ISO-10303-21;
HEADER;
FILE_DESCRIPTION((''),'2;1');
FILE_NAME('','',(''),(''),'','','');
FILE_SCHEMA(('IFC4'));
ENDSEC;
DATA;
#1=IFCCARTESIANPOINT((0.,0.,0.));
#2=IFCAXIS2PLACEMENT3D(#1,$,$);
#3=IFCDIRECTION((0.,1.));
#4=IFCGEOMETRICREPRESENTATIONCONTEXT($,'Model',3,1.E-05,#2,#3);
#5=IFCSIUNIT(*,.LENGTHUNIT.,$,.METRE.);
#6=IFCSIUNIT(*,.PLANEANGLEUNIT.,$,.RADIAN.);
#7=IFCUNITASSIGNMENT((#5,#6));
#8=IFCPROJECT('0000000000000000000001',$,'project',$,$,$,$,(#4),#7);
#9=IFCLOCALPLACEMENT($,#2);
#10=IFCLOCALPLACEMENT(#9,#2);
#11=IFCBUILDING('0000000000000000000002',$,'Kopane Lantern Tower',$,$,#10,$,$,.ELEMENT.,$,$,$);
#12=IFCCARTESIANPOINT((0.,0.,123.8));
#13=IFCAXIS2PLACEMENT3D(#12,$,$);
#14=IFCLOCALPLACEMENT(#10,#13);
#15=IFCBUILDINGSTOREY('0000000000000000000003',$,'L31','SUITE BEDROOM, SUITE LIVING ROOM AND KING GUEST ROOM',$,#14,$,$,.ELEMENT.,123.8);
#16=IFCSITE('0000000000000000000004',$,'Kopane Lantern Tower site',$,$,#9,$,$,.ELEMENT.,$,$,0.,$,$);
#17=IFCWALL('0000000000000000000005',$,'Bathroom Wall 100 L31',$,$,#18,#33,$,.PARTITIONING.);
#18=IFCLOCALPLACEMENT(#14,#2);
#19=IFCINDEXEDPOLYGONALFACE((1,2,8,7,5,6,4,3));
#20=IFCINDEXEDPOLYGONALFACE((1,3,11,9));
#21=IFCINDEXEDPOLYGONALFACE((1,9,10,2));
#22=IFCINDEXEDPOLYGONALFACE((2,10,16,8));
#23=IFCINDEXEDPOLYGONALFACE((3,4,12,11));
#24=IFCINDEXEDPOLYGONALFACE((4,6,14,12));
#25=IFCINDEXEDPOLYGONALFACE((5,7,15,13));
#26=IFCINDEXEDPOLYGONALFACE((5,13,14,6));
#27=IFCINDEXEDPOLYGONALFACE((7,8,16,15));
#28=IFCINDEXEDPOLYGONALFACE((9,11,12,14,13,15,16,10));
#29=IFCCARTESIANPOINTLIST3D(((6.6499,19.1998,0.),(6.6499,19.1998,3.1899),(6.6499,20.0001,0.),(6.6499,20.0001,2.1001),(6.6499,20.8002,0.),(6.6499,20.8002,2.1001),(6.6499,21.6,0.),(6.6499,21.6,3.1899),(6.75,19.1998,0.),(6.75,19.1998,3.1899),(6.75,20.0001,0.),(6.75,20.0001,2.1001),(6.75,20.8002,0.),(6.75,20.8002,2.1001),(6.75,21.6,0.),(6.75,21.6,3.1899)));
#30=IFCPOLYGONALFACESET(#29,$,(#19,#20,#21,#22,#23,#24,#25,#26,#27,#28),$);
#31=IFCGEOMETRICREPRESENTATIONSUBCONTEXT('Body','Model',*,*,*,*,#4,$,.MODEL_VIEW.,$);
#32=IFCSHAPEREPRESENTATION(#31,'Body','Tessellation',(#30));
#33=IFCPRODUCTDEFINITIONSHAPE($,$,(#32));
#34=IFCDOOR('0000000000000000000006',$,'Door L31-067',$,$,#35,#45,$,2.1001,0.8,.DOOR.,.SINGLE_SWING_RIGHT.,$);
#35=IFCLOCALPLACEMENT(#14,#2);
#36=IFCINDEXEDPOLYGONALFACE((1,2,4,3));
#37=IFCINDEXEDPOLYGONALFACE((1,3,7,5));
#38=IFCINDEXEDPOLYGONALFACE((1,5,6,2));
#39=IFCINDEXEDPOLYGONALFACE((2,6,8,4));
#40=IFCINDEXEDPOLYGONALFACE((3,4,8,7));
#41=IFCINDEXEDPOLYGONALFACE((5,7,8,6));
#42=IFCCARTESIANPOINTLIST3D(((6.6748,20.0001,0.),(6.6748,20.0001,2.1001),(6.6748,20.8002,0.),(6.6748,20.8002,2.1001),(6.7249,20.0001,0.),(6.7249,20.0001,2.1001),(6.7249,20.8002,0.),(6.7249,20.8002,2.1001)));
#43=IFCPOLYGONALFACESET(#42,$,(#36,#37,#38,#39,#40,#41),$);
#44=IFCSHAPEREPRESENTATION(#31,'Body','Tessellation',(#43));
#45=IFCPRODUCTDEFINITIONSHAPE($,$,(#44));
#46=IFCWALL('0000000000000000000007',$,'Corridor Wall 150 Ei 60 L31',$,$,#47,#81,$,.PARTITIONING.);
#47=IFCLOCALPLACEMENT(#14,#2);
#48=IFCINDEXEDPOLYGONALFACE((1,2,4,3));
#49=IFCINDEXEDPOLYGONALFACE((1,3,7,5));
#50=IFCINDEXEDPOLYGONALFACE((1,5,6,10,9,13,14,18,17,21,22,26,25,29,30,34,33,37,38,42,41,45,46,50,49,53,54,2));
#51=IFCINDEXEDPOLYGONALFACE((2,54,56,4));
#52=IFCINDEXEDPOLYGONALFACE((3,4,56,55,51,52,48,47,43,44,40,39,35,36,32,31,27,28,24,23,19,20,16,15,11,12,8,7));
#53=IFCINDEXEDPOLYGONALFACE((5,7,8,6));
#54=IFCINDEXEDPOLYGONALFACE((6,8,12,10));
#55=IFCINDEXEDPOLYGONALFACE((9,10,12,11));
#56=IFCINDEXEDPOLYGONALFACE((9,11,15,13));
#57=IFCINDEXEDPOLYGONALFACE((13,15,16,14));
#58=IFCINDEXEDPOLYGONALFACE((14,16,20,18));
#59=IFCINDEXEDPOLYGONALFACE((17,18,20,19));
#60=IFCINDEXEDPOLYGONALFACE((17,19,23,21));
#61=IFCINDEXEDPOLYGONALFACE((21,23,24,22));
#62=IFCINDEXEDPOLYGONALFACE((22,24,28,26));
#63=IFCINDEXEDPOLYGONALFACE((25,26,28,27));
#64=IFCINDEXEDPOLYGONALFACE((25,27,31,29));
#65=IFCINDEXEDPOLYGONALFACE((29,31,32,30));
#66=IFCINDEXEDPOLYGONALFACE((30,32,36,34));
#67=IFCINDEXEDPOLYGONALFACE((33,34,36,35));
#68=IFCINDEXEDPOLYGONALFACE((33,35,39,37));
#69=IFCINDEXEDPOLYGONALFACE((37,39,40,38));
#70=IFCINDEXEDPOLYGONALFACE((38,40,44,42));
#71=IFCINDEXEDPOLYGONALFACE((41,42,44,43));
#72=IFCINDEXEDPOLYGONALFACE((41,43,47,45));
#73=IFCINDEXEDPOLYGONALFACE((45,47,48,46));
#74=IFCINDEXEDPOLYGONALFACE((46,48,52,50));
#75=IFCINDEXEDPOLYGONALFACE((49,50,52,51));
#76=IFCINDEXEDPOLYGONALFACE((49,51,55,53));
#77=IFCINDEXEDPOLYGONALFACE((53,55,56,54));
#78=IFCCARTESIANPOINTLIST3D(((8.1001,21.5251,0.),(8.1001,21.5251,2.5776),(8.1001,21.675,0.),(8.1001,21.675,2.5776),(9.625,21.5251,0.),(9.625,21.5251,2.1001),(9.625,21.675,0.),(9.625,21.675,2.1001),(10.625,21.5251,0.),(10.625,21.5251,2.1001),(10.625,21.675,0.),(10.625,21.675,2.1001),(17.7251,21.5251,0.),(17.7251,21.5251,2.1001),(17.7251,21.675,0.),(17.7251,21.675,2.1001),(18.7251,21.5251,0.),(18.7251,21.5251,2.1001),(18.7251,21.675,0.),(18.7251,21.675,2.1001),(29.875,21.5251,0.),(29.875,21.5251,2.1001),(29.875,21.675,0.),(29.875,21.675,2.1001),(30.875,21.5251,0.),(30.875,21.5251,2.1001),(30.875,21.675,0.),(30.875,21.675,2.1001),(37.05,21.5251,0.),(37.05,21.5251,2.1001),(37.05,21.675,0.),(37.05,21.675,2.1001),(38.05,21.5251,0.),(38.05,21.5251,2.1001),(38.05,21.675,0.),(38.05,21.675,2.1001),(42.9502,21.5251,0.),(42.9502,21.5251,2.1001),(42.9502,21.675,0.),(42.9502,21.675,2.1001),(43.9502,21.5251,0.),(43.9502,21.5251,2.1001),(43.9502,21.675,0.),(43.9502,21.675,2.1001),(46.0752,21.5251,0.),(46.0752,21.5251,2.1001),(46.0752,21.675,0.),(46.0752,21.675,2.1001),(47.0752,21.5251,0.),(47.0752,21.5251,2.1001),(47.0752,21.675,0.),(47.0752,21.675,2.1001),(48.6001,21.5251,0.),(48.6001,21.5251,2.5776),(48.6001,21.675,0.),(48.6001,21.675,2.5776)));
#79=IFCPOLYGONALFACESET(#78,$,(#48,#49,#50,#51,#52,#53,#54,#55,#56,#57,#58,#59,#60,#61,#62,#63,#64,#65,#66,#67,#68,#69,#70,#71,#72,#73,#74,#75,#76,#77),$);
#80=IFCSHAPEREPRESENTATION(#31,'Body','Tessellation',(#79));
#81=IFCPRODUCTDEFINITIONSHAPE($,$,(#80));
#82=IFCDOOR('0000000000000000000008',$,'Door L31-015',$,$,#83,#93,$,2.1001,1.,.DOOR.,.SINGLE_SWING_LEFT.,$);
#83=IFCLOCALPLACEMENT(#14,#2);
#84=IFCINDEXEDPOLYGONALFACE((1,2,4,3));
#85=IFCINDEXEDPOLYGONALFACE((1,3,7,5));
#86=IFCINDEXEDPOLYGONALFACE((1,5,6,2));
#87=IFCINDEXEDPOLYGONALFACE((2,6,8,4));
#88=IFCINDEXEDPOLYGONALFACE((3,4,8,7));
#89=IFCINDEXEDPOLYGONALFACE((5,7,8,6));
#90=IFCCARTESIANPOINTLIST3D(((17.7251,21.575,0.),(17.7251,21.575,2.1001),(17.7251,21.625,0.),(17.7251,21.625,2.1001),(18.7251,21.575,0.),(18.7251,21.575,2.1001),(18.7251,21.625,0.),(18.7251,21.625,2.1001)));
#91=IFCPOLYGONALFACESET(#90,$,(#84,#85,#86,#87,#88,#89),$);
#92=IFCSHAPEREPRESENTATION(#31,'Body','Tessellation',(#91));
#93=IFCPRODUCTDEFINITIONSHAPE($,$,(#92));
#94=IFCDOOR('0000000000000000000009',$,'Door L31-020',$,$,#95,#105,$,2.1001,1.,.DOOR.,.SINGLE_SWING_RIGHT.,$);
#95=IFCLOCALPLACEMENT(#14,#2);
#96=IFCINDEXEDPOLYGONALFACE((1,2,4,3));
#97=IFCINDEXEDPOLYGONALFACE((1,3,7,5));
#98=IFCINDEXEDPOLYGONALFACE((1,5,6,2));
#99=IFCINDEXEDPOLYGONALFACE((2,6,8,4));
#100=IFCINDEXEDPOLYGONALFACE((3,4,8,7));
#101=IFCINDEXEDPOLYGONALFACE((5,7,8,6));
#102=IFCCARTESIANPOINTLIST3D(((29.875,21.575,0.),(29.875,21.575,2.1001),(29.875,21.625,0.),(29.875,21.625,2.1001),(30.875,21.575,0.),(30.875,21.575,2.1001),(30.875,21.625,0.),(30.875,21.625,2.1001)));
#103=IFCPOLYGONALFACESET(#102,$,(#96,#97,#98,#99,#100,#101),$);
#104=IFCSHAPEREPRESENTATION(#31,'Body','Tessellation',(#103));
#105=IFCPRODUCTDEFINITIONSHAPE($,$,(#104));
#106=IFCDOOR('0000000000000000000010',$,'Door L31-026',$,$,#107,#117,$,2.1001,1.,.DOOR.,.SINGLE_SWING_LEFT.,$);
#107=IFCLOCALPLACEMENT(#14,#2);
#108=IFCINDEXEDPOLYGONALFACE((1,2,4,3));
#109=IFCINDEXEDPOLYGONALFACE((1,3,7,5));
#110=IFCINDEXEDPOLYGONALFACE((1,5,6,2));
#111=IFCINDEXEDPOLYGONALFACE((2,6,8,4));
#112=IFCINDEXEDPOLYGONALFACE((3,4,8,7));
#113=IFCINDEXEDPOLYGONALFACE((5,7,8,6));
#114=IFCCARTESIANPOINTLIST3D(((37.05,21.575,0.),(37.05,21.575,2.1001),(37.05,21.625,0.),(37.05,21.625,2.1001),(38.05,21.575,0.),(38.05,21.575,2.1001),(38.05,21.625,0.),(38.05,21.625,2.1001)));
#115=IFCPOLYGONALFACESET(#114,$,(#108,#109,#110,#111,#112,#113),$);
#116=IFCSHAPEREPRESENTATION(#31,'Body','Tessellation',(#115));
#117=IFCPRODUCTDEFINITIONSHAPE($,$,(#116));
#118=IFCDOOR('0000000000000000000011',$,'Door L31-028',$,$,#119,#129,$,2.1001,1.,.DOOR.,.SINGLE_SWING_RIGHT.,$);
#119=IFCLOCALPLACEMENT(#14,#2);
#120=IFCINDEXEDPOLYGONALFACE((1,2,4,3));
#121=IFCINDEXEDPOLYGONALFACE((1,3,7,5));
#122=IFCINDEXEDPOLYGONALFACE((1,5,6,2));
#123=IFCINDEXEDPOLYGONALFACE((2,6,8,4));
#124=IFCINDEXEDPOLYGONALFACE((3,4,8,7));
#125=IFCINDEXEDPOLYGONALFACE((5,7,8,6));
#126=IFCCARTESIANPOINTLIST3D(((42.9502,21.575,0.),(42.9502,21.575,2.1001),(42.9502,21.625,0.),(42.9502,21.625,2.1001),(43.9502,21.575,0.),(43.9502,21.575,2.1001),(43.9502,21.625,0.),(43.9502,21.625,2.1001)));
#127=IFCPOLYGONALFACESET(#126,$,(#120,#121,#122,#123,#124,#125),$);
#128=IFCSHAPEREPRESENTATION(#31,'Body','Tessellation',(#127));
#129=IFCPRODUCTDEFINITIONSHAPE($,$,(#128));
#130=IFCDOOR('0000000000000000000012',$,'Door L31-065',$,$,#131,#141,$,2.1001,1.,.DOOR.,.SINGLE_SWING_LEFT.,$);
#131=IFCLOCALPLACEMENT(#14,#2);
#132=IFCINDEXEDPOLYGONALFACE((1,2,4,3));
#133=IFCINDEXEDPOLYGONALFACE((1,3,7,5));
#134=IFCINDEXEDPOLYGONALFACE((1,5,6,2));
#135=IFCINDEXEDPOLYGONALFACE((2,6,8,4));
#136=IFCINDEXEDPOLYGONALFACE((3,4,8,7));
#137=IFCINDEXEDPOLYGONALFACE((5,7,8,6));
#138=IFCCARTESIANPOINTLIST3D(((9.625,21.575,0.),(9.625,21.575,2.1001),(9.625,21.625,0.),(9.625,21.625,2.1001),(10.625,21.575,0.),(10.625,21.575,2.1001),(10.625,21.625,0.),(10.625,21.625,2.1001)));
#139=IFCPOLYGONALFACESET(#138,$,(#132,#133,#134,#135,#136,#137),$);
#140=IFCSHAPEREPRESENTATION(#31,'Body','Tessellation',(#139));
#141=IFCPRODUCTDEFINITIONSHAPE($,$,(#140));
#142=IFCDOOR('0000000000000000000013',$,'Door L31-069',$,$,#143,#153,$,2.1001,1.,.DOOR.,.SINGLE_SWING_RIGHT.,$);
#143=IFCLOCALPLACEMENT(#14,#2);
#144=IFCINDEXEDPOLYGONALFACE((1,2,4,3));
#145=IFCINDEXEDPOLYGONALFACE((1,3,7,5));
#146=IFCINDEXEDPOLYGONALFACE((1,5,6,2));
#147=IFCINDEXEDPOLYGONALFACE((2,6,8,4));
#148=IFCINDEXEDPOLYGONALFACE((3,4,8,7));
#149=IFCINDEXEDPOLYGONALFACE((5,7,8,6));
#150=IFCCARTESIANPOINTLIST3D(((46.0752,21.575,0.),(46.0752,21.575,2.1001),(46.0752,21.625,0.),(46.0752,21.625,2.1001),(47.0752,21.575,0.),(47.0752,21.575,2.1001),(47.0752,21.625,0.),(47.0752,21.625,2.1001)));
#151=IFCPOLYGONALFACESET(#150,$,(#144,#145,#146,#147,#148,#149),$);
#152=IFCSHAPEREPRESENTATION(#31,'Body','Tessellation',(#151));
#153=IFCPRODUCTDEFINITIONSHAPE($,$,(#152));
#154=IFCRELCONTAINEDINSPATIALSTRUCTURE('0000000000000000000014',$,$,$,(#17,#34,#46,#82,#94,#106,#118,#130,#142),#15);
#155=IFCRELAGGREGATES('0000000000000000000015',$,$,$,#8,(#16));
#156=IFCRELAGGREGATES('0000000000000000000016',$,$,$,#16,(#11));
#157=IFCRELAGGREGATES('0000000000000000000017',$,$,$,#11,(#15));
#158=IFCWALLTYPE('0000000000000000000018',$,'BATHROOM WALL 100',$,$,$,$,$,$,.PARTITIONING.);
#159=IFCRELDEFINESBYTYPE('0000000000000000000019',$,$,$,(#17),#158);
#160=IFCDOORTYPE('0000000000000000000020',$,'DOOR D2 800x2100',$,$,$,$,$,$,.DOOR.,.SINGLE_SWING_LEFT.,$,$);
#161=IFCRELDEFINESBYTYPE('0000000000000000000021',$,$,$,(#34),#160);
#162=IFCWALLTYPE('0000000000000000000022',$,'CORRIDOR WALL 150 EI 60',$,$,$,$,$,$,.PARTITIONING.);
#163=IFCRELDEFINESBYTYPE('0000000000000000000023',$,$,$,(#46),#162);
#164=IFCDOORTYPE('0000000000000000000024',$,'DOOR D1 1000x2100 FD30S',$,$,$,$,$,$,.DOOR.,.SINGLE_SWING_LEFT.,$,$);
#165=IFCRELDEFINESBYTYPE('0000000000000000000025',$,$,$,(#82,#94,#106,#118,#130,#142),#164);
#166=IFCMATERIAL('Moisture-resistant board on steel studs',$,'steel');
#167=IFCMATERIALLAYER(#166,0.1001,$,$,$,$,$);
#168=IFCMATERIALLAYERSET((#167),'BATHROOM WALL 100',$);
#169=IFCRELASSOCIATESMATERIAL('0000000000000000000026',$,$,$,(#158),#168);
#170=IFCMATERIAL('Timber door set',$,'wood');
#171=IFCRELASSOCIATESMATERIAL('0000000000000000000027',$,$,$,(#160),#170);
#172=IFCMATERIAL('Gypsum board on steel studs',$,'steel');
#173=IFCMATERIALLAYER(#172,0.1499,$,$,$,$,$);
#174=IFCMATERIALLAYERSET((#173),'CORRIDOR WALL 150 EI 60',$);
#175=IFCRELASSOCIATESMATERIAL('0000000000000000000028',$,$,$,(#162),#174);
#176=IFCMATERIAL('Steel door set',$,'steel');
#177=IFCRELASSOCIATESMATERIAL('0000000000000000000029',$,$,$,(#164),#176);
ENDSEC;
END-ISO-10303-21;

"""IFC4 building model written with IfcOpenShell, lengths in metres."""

from ifc_helpers import new_model, si_unit, direction, frame, frame_2d, origin, place, context, subcontext, project, spatial, rectangle, extrude, material, layer, layer_set, type_object, element, fill, save


model = new_model("IFC4")

# Units and contexts
model_context = context("Model", 3, precision=1e-05, world=origin(), true_north=direction((0.0, 1.0)))
body_context = subcontext(model_context, "Body", "Model", "MODEL_VIEW")
ifc_project = project(units=[si_unit("LENGTHUNIT", "METRE"), si_unit("PLANEANGLEUNIT", "RADIAN")], contexts=[model_context])

# Site, building, storey
site_placement = place(None, origin())
site = spatial("IfcSite", under=ifc_project, at=site_placement, Name="Kopane Lantern Tower site", CompositionType="ELEMENT", RefElevation=0.0)
building_placement = place(site_placement, origin())
building = spatial("IfcBuilding", under=site, at=building_placement, Name="Kopane Lantern Tower", CompositionType="ELEMENT")
storey_placement = place(building_placement, frame((0.0, 0.0, 123.8)))
storey = spatial("IfcBuildingStorey", under=building, at=storey_placement, Name="L31", Description="SUITE BEDROOM, SUITE LIVING ROOM AND KING GUEST ROOM", CompositionType="ELEMENT", Elevation=123.8)

# Shared definitions
ifc_material_1 = material(Name="Moisture-resistant board on steel studs", Category="steel")
ifc_layer_1 = layer(ifc_material_1, 0.1001)
ifc_layer_set_1 = layer_set([ifc_layer_1], Name="BATHROOM WALL 100")
wall_type_1 = type_object("IfcWallType", Name="BATHROOM WALL 100", PredefinedType="PARTITIONING", material=ifc_layer_set_1)
ifc_material_2 = material(Name="Timber door set", Category="wood")
door_type_1 = type_object("IfcDoorType", Name="DOOR D2 800x2100", OperationType="SINGLE_SWING_LEFT", PredefinedType="DOOR", material=ifc_material_2)

# Wall, opening, door
wall_1_placement = place(storey_placement, frame((6.7, 21.6001, 0.0), z_axis=(0.0, 0.0, 1.0), x_axis=(0.0, -1.0, 0.0)))
wall_1 = element("IfcWall", 1, at=wall_1_placement, inside=storey, type_object=wall_type_1, Name="Bathroom Wall 100 L31", PredefinedType="PARTITIONING", context=body_context, shape_type="SweptSolid", body=[
    extrude(rectangle(XDim=2.4001, YDim=0.1001, at=frame_2d((1.2002, 0.0))), origin(), (0.0, 0.0, 1.0), 3.1899),
])
opening_1_placement = place(wall_1_placement, frame((0.8, 0.0, 0.0)))
opening_1 = element("IfcOpeningElement", 2, at=opening_1_placement, cuts=wall_1, PredefinedType="OPENING", context=body_context, shape_type="SweptSolid", body=[
    extrude(rectangle(XDim=0.8, YDim=2.1001, at=frame_2d((0.3999, 1.05))), frame((0.0, 0.0601, 0.0), z_axis=(0.0, -1.0, 0.0), x_axis=(1.0, 0.0, 0.0)), (0.0, 0.0, 1.0), 0.1201),
])
door_1_placement = place(opening_1_placement, origin())
door_1 = element("IfcDoor", 3, at=door_1_placement, inside=storey, type_object=door_type_1, Name="Door L31-067", OperationType="SINGLE_SWING_RIGHT", OverallHeight=2.1001, OverallWidth=0.8, PredefinedType="DOOR", context=body_context, shape_type="SweptSolid", body=[
    extrude(rectangle(XDim=0.8, YDim=2.1001, at=frame_2d((0.3999, 1.05))), frame((0.0, 0.0249, 0.0), z_axis=(0.0, -1.0, 0.0), x_axis=(1.0, 0.0, 0.0)), (0.0, 0.0, 1.0), 0.05),
])
fill(opening_1, door_1)

# Wall, openings, doors
ifc_material_3 = material(Name="Gypsum board on steel studs", Category="steel")
ifc_layer_2 = layer(ifc_material_3, 0.1499)
ifc_layer_set_2 = layer_set([ifc_layer_2], Name="CORRIDOR WALL 150 EI 60")
wall_type_2 = type_object("IfcWallType", Name="CORRIDOR WALL 150 EI 60", PredefinedType="PARTITIONING", material=ifc_layer_set_2)
wall_2_placement = place(storey_placement, frame((8.1001, 21.6001, 0.0), z_axis=(0.0, 0.0, 1.0), x_axis=(1.0, 0.0, 0.0)))
wall_2 = element("IfcWall", 4, at=wall_2_placement, inside=storey, type_object=wall_type_2, Name="Corridor Wall 150 Ei 60 L31", PredefinedType="PARTITIONING", context=body_context, shape_type="SweptSolid", body=[
    extrude(rectangle(XDim=40.5, YDim=0.1499, at=frame_2d((20.25, 0.0))), origin(), (0.0, 0.0, 1.0), 2.5776),
])
opening_2_placement = place(wall_2_placement, frame((9.625, 0.0, 0.0)))
opening_2 = element("IfcOpeningElement", 5, at=opening_2_placement, cuts=wall_2, PredefinedType="OPENING", context=body_context, shape_type="SweptSolid", body=[
    extrude(rectangle(XDim=1.0, YDim=2.1001, at=frame_2d((0.5, 1.05))), frame((0.0, 0.085, 0.0), z_axis=(0.0, -1.0, 0.0), x_axis=(1.0, 0.0, 0.0)), (0.0, 0.0, 1.0), 0.1699),
])
opening_3_placement = place(wall_2_placement, frame((21.7749, 0.0, 0.0)))
opening_3 = element("IfcOpeningElement", 6, at=opening_3_placement, cuts=wall_2, PredefinedType="OPENING", context=body_context, shape_type="SweptSolid", body=[
    extrude(rectangle(XDim=1.0, YDim=2.1001, at=frame_2d((0.5, 1.05))), frame((0.0, 0.085, 0.0), z_axis=(0.0, -1.0, 0.0), x_axis=(1.0, 0.0, 0.0)), (0.0, 0.0, 1.0), 0.1699),
])
opening_4_placement = place(wall_2_placement, frame((28.95, 0.0, 0.0)))
opening_4 = element("IfcOpeningElement", 7, at=opening_4_placement, cuts=wall_2, PredefinedType="OPENING", context=body_context, shape_type="SweptSolid", body=[
    extrude(rectangle(XDim=1.0, YDim=2.1001, at=frame_2d((0.5, 1.05))), frame((0.0, 0.085, 0.0), z_axis=(0.0, -1.0, 0.0), x_axis=(1.0, 0.0, 0.0)), (0.0, 0.0, 1.0), 0.1699),
])
opening_5_placement = place(wall_2_placement, frame((34.8501, 0.0, 0.0)))
opening_5 = element("IfcOpeningElement", 8, at=opening_5_placement, cuts=wall_2, PredefinedType="OPENING", context=body_context, shape_type="SweptSolid", body=[
    extrude(rectangle(XDim=1.0, YDim=2.1001, at=frame_2d((0.5, 1.05))), frame((0.0, 0.085, 0.0), z_axis=(0.0, -1.0, 0.0), x_axis=(1.0, 0.0, 0.0)), (0.0, 0.0, 1.0), 0.1699),
])
opening_6_placement = place(wall_2_placement, frame((1.5249, 0.0, 0.0)))
opening_6 = element("IfcOpeningElement", 9, at=opening_6_placement, cuts=wall_2, PredefinedType="OPENING", context=body_context, shape_type="SweptSolid", body=[
    extrude(rectangle(XDim=1.0, YDim=2.1001, at=frame_2d((0.5, 1.05))), frame((0.0, 0.085, 0.0), z_axis=(0.0, -1.0, 0.0), x_axis=(1.0, 0.0, 0.0)), (0.0, 0.0, 1.0), 0.1699),
])
opening_7_placement = place(wall_2_placement, frame((37.9751, 0.0, 0.0)))
opening_7 = element("IfcOpeningElement", 10, at=opening_7_placement, cuts=wall_2, PredefinedType="OPENING", context=body_context, shape_type="SweptSolid", body=[
    extrude(rectangle(XDim=1.0, YDim=2.1001, at=frame_2d((0.5, 1.05))), frame((0.0, 0.085, 0.0), z_axis=(0.0, -1.0, 0.0), x_axis=(1.0, 0.0, 0.0)), (0.0, 0.0, 1.0), 0.1699),
])
ifc_material_4 = material(Name="Steel door set", Category="steel")
door_type_2 = type_object("IfcDoorType", Name="DOOR D1 1000x2100 FD30S", OperationType="SINGLE_SWING_LEFT", PredefinedType="DOOR", material=ifc_material_4)
door_2_placement = place(opening_2_placement, origin())
door_2 = element("IfcDoor", 11, at=door_2_placement, inside=storey, type_object=door_type_2, Name="Door L31-015", OperationType="SINGLE_SWING_LEFT", OverallHeight=2.1001, OverallWidth=1.0, PredefinedType="DOOR", context=body_context, shape_type="SweptSolid", body=[
    extrude(rectangle(XDim=1.0, YDim=2.1001, at=frame_2d((0.5, 1.05))), frame((0.0, 0.0249, 0.0), z_axis=(0.0, -1.0, 0.0), x_axis=(1.0, 0.0, 0.0)), (0.0, 0.0, 1.0), 0.05),
])
fill(opening_2, door_2)
door_3_placement = place(opening_3_placement, origin())
door_3 = element("IfcDoor", 12, at=door_3_placement, inside=storey, type_object=door_type_2, Name="Door L31-020", OperationType="SINGLE_SWING_RIGHT", OverallHeight=2.1001, OverallWidth=1.0, PredefinedType="DOOR", context=body_context, shape_type="SweptSolid", body=[
    extrude(rectangle(XDim=1.0, YDim=2.1001, at=frame_2d((0.5, 1.05))), frame((0.0, 0.0249, 0.0), z_axis=(0.0, -1.0, 0.0), x_axis=(1.0, 0.0, 0.0)), (0.0, 0.0, 1.0), 0.05),
])
fill(opening_3, door_3)
door_4_placement = place(opening_4_placement, origin())
door_4 = element("IfcDoor", 13, at=door_4_placement, inside=storey, type_object=door_type_2, Name="Door L31-026", OperationType="SINGLE_SWING_LEFT", OverallHeight=2.1001, OverallWidth=1.0, PredefinedType="DOOR", context=body_context, shape_type="SweptSolid", body=[
    extrude(rectangle(XDim=1.0, YDim=2.1001, at=frame_2d((0.5, 1.05))), frame((0.0, 0.0249, 0.0), z_axis=(0.0, -1.0, 0.0), x_axis=(1.0, 0.0, 0.0)), (0.0, 0.0, 1.0), 0.05),
])
fill(opening_4, door_4)
door_5_placement = place(opening_5_placement, origin())
door_5 = element("IfcDoor", 14, at=door_5_placement, inside=storey, type_object=door_type_2, Name="Door L31-028", OperationType="SINGLE_SWING_RIGHT", OverallHeight=2.1001, OverallWidth=1.0, PredefinedType="DOOR", context=body_context, shape_type="SweptSolid", body=[
    extrude(rectangle(XDim=1.0, YDim=2.1001, at=frame_2d((0.5, 1.05))), frame((0.0, 0.0249, 0.0), z_axis=(0.0, -1.0, 0.0), x_axis=(1.0, 0.0, 0.0)), (0.0, 0.0, 1.0), 0.05),
])
fill(opening_5, door_5)
door_6_placement = place(opening_6_placement, origin())
door_6 = element("IfcDoor", 15, at=door_6_placement, inside=storey, type_object=door_type_2, Name="Door L31-065", OperationType="SINGLE_SWING_LEFT", OverallHeight=2.1001, OverallWidth=1.0, PredefinedType="DOOR", context=body_context, shape_type="SweptSolid", body=[
    extrude(rectangle(XDim=1.0, YDim=2.1001, at=frame_2d((0.5, 1.05))), frame((0.0, 0.0249, 0.0), z_axis=(0.0, -1.0, 0.0), x_axis=(1.0, 0.0, 0.0)), (0.0, 0.0, 1.0), 0.05),
])
fill(opening_6, door_6)
door_7_placement = place(opening_7_placement, origin())
door_7 = element("IfcDoor", 16, at=door_7_placement, inside=storey, type_object=door_type_2, Name="Door L31-069", OperationType="SINGLE_SWING_RIGHT", OverallHeight=2.1001, OverallWidth=1.0, PredefinedType="DOOR", context=body_context, shape_type="SweptSolid", body=[
    extrude(rectangle(XDim=1.0, YDim=2.1001, at=frame_2d((0.5, 1.05))), frame((0.0, 0.0249, 0.0), z_axis=(0.0, -1.0, 0.0), x_axis=(1.0, 0.0, 0.0)), (0.0, 0.0, 1.0), 0.05),
])
fill(opening_7, door_7)

save(model, "model.ifc")
